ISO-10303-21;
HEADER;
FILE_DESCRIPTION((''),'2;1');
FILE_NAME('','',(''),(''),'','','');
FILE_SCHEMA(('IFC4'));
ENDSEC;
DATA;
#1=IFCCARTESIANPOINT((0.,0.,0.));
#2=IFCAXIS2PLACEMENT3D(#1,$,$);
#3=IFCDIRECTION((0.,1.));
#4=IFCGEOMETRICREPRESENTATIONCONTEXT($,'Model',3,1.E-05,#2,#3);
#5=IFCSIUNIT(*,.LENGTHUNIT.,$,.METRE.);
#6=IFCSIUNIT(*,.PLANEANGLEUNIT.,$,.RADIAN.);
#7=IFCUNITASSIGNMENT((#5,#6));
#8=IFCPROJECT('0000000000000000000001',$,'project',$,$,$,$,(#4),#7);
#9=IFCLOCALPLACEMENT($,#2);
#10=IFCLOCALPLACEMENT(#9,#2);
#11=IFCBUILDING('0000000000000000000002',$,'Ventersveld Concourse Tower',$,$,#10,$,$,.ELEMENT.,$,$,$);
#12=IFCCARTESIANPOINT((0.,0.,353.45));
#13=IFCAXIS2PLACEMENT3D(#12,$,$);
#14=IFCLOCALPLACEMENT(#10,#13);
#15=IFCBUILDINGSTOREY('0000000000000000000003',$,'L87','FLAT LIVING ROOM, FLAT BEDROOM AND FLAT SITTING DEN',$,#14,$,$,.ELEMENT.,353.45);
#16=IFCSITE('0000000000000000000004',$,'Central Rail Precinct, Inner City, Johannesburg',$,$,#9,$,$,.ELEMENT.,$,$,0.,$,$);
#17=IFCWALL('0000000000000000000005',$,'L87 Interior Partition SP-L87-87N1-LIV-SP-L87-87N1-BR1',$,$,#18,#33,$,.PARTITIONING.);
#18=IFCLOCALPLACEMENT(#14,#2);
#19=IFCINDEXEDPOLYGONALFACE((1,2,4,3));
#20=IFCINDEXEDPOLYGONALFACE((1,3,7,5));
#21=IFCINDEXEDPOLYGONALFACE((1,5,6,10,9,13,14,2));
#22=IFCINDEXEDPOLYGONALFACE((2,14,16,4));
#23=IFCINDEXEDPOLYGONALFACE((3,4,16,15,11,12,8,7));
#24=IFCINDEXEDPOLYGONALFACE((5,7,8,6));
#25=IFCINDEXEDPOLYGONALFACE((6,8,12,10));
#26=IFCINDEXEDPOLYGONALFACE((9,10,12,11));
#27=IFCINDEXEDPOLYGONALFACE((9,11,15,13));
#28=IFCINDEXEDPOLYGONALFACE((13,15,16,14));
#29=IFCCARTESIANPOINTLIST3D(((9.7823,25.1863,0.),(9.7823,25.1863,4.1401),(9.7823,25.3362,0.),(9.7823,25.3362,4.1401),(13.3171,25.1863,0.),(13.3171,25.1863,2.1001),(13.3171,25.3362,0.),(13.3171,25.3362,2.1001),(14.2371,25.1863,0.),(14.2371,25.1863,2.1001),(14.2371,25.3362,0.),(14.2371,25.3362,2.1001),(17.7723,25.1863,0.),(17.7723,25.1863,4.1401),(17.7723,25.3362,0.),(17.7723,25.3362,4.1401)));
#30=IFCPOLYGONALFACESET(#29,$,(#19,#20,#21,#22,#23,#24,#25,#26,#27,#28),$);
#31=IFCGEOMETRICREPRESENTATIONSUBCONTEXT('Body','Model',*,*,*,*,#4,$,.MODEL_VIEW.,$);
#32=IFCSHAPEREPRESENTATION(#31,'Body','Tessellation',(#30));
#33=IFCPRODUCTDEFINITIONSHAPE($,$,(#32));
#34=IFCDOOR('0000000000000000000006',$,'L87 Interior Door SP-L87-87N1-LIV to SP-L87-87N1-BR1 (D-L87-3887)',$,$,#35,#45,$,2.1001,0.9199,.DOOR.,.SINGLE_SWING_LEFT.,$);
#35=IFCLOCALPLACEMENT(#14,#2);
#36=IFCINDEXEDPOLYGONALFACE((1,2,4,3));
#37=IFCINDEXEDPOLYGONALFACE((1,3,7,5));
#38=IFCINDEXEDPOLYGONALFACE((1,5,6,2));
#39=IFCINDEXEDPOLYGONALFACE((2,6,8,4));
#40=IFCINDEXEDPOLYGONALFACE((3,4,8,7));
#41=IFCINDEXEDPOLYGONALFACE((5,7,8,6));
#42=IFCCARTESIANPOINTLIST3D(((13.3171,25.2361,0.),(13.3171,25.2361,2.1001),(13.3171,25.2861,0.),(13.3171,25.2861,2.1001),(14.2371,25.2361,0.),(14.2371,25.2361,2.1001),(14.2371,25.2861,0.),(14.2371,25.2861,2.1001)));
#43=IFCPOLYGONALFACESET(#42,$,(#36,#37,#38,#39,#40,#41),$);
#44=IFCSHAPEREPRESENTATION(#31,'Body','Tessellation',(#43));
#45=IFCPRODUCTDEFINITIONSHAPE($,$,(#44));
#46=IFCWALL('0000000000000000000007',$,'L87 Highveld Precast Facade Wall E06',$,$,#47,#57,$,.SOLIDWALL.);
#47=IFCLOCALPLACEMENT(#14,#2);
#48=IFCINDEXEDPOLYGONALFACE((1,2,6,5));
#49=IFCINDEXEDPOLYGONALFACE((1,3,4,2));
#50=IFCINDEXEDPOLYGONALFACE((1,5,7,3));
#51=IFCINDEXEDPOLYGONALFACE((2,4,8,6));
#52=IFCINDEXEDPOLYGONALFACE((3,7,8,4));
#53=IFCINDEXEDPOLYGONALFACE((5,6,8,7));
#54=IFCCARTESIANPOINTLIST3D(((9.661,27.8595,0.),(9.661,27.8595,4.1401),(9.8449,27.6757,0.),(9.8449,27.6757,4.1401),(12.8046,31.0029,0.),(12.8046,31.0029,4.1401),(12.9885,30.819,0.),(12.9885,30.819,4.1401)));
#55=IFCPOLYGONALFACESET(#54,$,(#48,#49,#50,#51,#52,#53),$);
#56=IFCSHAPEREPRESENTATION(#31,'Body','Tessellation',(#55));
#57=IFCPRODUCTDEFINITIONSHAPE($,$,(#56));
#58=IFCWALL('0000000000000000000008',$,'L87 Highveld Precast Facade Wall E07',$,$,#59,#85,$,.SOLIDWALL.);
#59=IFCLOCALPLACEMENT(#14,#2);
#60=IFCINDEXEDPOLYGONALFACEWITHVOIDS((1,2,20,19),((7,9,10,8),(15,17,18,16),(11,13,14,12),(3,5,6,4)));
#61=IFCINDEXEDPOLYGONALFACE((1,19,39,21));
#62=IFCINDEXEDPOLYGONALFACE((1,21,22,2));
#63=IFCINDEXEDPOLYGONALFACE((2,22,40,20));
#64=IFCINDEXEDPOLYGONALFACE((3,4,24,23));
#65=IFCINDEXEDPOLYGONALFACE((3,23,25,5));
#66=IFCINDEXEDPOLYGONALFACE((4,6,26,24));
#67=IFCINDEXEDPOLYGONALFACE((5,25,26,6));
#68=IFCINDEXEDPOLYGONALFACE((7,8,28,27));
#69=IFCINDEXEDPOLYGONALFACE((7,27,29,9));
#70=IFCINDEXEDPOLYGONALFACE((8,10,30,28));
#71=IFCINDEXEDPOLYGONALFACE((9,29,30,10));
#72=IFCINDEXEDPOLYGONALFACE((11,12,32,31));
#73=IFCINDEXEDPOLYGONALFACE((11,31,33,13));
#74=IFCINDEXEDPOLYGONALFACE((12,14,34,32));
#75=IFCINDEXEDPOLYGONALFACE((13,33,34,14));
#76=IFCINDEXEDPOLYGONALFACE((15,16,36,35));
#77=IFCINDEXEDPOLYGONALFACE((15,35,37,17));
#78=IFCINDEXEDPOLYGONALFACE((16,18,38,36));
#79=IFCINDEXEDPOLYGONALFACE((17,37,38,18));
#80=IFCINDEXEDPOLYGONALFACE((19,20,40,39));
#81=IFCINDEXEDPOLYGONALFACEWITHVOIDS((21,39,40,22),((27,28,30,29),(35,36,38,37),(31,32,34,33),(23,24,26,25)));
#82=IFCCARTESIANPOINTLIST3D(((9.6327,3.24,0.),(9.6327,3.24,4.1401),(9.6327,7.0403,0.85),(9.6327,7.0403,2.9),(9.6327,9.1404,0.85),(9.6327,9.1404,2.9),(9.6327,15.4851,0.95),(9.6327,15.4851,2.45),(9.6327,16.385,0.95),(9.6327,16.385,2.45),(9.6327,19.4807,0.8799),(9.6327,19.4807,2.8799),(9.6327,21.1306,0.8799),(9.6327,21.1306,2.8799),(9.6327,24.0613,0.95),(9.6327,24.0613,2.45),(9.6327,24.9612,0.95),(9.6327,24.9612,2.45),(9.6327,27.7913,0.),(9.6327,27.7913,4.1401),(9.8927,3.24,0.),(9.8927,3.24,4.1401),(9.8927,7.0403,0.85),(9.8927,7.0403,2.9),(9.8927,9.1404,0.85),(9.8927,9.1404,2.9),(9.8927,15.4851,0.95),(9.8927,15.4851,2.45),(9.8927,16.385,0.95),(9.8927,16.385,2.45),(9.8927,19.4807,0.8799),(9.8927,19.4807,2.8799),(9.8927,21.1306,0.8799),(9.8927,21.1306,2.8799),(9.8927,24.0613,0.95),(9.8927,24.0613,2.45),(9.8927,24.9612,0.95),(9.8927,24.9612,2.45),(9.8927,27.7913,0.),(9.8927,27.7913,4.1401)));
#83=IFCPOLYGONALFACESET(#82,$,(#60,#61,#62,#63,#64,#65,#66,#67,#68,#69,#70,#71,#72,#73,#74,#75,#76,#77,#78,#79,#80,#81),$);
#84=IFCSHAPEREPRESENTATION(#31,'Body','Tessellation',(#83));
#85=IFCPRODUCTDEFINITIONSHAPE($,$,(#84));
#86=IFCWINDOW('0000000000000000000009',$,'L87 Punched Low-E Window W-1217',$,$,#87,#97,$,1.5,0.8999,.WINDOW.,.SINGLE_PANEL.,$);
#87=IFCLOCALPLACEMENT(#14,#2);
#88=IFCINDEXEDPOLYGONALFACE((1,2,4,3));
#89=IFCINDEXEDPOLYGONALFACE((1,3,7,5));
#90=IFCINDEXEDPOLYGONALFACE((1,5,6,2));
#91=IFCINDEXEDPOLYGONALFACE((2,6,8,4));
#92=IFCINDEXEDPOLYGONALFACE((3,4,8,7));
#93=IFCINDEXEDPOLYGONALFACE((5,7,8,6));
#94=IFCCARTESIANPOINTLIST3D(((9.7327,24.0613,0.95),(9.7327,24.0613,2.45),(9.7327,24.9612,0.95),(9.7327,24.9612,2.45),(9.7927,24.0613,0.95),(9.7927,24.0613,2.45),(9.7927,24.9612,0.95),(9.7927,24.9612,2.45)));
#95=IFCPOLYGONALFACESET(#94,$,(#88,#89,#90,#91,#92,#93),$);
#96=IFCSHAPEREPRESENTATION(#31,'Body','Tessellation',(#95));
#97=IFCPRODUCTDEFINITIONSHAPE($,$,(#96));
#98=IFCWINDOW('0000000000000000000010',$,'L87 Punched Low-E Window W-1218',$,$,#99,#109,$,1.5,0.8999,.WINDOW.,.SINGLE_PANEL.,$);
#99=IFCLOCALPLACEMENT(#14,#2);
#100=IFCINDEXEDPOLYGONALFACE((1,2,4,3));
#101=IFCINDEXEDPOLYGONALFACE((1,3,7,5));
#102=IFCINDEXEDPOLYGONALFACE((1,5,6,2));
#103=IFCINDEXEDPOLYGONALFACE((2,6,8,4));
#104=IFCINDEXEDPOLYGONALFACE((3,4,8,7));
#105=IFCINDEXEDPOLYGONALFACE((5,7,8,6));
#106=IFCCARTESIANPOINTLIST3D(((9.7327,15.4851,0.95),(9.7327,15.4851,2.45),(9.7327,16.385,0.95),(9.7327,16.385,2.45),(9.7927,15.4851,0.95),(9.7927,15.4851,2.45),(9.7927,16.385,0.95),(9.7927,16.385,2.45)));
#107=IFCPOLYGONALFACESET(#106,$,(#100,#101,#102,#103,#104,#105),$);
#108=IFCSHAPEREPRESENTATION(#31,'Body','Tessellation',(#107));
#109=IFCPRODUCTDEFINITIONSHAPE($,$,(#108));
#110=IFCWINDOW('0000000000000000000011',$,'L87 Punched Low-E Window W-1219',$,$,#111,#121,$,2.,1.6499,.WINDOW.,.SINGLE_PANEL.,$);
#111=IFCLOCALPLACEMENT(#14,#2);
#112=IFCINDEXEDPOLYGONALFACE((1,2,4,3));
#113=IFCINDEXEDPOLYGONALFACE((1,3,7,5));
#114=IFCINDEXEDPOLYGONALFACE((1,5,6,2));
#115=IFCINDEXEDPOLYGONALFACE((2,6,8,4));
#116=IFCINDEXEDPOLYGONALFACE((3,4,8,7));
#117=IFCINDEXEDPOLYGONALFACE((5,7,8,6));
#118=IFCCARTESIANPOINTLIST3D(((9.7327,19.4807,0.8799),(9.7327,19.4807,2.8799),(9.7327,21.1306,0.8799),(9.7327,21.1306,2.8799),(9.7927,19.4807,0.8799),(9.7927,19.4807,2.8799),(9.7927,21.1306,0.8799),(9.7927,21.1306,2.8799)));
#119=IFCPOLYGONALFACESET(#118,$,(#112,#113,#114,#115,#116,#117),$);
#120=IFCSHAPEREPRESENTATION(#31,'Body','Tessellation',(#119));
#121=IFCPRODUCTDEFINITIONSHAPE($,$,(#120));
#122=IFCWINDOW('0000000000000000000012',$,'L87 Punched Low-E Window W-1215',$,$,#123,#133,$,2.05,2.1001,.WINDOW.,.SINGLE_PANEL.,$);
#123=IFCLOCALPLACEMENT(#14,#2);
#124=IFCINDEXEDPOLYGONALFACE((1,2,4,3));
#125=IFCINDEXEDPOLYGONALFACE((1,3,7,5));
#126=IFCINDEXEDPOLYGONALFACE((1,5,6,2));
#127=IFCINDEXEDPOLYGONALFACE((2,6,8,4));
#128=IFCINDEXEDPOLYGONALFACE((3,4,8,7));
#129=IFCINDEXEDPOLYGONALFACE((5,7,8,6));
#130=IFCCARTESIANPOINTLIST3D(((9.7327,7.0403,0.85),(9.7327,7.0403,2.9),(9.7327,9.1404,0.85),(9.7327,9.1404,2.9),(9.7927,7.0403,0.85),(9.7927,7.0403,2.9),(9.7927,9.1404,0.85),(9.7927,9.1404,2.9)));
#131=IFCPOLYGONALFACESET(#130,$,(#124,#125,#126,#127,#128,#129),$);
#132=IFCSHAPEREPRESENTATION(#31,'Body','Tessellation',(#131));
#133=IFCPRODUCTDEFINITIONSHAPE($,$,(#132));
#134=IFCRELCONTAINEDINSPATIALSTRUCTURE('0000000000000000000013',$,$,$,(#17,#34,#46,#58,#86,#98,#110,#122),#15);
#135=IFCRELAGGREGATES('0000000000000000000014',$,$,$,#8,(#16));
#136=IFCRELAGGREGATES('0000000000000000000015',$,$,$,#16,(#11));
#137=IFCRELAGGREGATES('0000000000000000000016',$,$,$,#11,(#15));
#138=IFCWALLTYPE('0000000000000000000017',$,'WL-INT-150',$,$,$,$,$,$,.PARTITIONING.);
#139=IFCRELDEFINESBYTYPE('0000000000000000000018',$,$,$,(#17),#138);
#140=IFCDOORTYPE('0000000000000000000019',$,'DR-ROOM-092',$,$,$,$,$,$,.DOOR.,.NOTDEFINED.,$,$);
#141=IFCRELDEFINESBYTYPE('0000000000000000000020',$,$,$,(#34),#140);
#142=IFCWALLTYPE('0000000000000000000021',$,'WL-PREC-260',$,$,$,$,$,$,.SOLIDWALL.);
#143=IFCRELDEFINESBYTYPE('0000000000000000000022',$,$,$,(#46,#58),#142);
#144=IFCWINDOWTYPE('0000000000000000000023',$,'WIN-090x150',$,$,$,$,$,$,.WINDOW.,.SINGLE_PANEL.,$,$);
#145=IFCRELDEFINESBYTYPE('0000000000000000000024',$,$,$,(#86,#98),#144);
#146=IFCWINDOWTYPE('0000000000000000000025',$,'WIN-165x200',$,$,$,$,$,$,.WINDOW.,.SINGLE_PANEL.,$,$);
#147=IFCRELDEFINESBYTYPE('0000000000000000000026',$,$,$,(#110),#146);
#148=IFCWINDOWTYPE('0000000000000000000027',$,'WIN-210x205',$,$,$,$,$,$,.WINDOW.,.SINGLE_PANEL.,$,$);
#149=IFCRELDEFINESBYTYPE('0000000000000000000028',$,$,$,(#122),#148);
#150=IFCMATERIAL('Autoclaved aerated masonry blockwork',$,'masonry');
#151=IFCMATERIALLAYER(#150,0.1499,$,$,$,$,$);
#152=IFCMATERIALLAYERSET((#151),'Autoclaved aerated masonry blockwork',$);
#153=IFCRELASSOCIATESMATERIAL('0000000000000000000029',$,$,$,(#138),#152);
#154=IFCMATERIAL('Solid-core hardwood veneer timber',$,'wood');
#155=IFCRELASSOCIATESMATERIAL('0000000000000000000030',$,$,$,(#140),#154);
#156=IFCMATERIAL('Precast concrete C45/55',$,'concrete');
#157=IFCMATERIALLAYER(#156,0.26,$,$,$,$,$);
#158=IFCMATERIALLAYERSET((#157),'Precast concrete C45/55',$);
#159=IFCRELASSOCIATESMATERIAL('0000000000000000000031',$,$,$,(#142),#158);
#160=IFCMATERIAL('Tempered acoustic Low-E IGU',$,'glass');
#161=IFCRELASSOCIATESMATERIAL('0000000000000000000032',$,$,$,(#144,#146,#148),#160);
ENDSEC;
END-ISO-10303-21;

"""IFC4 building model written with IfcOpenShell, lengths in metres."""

from ifc_helpers import new_model, si_unit, direction, frame, frame_2d, origin, place, context, subcontext, project, spatial, rectangle, extrude, material, layer, layer_set, type_object, element, fill, save


model = new_model("IFC4")

# Units and contexts
model_context = context("Model", 3, precision=1e-05, world=origin(), true_north=direction((0.0, 1.0)))
body_context = subcontext(model_context, "Body", "Model", "MODEL_VIEW")
ifc_project = project(units=[si_unit("LENGTHUNIT", "METRE"), si_unit("PLANEANGLEUNIT", "RADIAN")], contexts=[model_context])

# Site, building, storey
site_placement = place(None, origin())
site = spatial("IfcSite", under=ifc_project, at=site_placement, Name="Central Rail Precinct, Inner City, Johannesburg", CompositionType="ELEMENT", RefElevation=0.0)
building_placement = place(site_placement, origin())
building = spatial("IfcBuilding", under=site, at=building_placement, Name="Ventersveld Concourse Tower", CompositionType="ELEMENT")
storey_placement = place(building_placement, frame((0.0, 0.0, 353.45)))
storey = spatial("IfcBuildingStorey", under=building, at=storey_placement, Name="L87", Description="FLAT LIVING ROOM, FLAT BEDROOM AND FLAT SITTING DEN", CompositionType="ELEMENT", Elevation=353.45)

# Shared definitions
ifc_material_1 = material(Name="Autoclaved aerated masonry blockwork", Category="masonry")
ifc_layer_1 = layer(ifc_material_1, 0.1499)
ifc_layer_set_1 = layer_set([ifc_layer_1], Name="Autoclaved aerated masonry blockwork")
wall_type_1 = type_object("IfcWallType", Name="WL-INT-150", PredefinedType="PARTITIONING", material=ifc_layer_set_1)

# Wall, opening, door
wall_1_placement = place(storey_placement, frame((9.7822, 25.2612, 0.0), z_axis=(0.0, 0.0, 1.0), x_axis=(1.0, 0.0, 0.0)))
wall_1 = element("IfcWall", 1, at=wall_1_placement, inside=storey, type_object=wall_type_1, Name="L87 Interior Partition SP-L87-87N1-LIV-SP-L87-87N1-BR1", PredefinedType="PARTITIONING", context=body_context, shape_type="SweptSolid", body=[
    extrude(rectangle(XDim=7.99, YDim=0.1499, at=frame_2d((3.9951, 0.0))), origin(), (0.0, 0.0, 1.0), 4.1401),
])
opening_1_placement = place(wall_1_placement, frame((3.5349, 0.0, 0.0)))
opening_1 = element("IfcOpeningElement", 2, at=opening_1_placement, cuts=wall_1, PredefinedType="OPENING", context=body_context, shape_type="SweptSolid", body=[
    extrude(rectangle(XDim=0.9199, YDim=2.1001, at=frame_2d((0.46, 1.05))), frame((0.0, 0.085, 0.0), z_axis=(0.0, -1.0, 0.0), x_axis=(1.0, 0.0, 0.0)), (0.0, 0.0, 1.0), 0.1699),
])
ifc_material_2 = material(Name="Solid-core hardwood veneer timber", Category="wood")
door_type = type_object("IfcDoorType", Name="DR-ROOM-092", OperationType="NOTDEFINED", PredefinedType="DOOR", material=ifc_material_2)
door_placement = place(opening_1_placement, origin())
door = element("IfcDoor", 3, at=door_placement, inside=storey, type_object=door_type, Name="L87 Interior Door SP-L87-87N1-LIV to SP-L87-87N1-BR1 (D-L87-3887)", OperationType="SINGLE_SWING_LEFT", OverallHeight=2.1001, OverallWidth=0.9199, PredefinedType="DOOR", context=body_context, shape_type="SweptSolid", body=[
    extrude(rectangle(XDim=0.9199, YDim=2.1001, at=frame_2d((0.46, 1.05))), frame((0.0, 0.0249, 0.0), z_axis=(0.0, -1.0, 0.0), x_axis=(1.0, 0.0, 0.0)), (0.0, 0.0, 1.0), 0.05),
])
fill(opening_1, door)

# Wall
ifc_material_3 = material(Name="Precast concrete C45/55", Category="concrete")
ifc_layer_2 = layer(ifc_material_3, 0.26)
ifc_layer_set_2 = layer_set([ifc_layer_2], Name="Precast concrete C45/55")
wall_type_2 = type_object("IfcWallType", Name="WL-PREC-260", PredefinedType="SOLIDWALL", material=ifc_layer_set_2)
wall_2_placement = place(storey_placement, frame((12.8965, 30.9109, 0.0), z_axis=(0.0, 0.0, 1.0), x_axis=(-0.707134, -0.707079, 0.0)))
element("IfcWall", 4, at=wall_2_placement, inside=storey, type_object=wall_type_2, Name="L87 Highveld Precast Facade Wall E06", PredefinedType="SOLIDWALL", context=body_context, shape_type="SweptSolid", body=[
    extrude(rectangle(XDim=4.4456, YDim=0.26, at=frame_2d((2.2227, 0.0))), origin(), (0.0, 0.0, 1.0), 4.1401),
])

# Wall, openings, windows
wall_3_placement = place(storey_placement, frame((9.7627, 27.7913, 0.0), z_axis=(0.0, 0.0, 1.0), x_axis=(0.0, -1.0, 0.0)))
wall_3 = element("IfcWall", 5, at=wall_3_placement, inside=storey, type_object=wall_type_2, Name="L87 Highveld Precast Facade Wall E07", PredefinedType="SOLIDWALL", context=body_context, shape_type="SweptSolid", body=[
    extrude(rectangle(XDim=24.5513, YDim=0.26, at=frame_2d((12.2756, 0.0))), origin(), (0.0, 0.0, 1.0), 4.1401),
])
opening_2_placement = place(wall_3_placement, frame((18.6509, 0.0, 0.8501)))
opening_2 = element("IfcOpeningElement", 6, at=opening_2_placement, cuts=wall_3, PredefinedType="OPENING", context=body_context, shape_type="SweptSolid", body=[
    extrude(rectangle(XDim=2.1001, YDim=2.05, at=frame_2d((1.05, 1.0249))), frame((0.0, 0.1401, 0.0), z_axis=(0.0, -1.0, 0.0), x_axis=(1.0, 0.0, 0.0)), (0.0, 0.0, 1.0), 0.28),
])
opening_3_placement = place(wall_3_placement, frame((2.8301, 0.0, 0.95)))
opening_3 = element("IfcOpeningElement", 7, at=opening_3_placement, cuts=wall_3, PredefinedType="OPENING", context=body_context, shape_type="SweptSolid", body=[
    extrude(rectangle(XDim=0.8999, YDim=1.5, at=frame_2d((0.45, 0.75))), frame((0.0, 0.1401, 0.0), z_axis=(0.0, -1.0, 0.0), x_axis=(1.0, 0.0, 0.0)), (0.0, 0.0, 1.0), 0.28),
])
opening_4_placement = place(wall_3_placement, frame((11.4062, 0.0, 0.95)))
opening_4 = element("IfcOpeningElement", 8, at=opening_4_placement, cuts=wall_3, PredefinedType="OPENING", context=body_context, shape_type="SweptSolid", body=[
    extrude(rectangle(XDim=0.8999, YDim=1.5, at=frame_2d((0.45, 0.75))), frame((0.0, 0.1401, 0.0), z_axis=(0.0, -1.0, 0.0), x_axis=(1.0, 0.0, 0.0)), (0.0, 0.0, 1.0), 0.28),
])
opening_5_placement = place(wall_3_placement, frame((6.6606, 0.0, 0.8799)))
opening_5 = element("IfcOpeningElement", 9, at=opening_5_placement, cuts=wall_3, PredefinedType="OPENING", context=body_context, shape_type="SweptSolid", body=[
    extrude(rectangle(XDim=1.6499, YDim=2.0, at=frame_2d((0.825, 1.0))), frame((0.0, 0.1401, 0.0), z_axis=(0.0, -1.0, 0.0), x_axis=(1.0, 0.0, 0.0)), (0.0, 0.0, 1.0), 0.28),
])
ifc_material_4 = material(Name="Tempered acoustic Low-E IGU", Category="glass")
window_type_1 = type_object("IfcWindowType", Name="WIN-090x150", PartitioningType="SINGLE_PANEL", PredefinedType="WINDOW", material=ifc_material_4)
window_1_placement = place(opening_3_placement, origin())
window_1 = element("IfcWindow", 10, at=window_1_placement, inside=storey, type_object=window_type_1, Name="L87 Punched Low-E Window W-1217", OverallHeight=1.5, OverallWidth=0.8999, PartitioningType="SINGLE_PANEL", PredefinedType="WINDOW", context=body_context, shape_type="SweptSolid", body=[
    extrude(rectangle(XDim=0.8999, YDim=1.5, at=frame_2d((0.45, 0.75))), frame((0.0, 0.03, 0.0), z_axis=(0.0, -1.0, 0.0), x_axis=(1.0, 0.0, 0.0)), (0.0, 0.0, 1.0), 0.0601),
])
fill(opening_3, window_1)
window_2_placement = place(opening_4_placement, origin())
window_2 = element("IfcWindow", 11, at=window_2_placement, inside=storey, type_object=window_type_1, Name="L87 Punched Low-E Window W-1218", OverallHeight=1.5, OverallWidth=0.8999, PartitioningType="SINGLE_PANEL", PredefinedType="WINDOW", context=body_context, shape_type="SweptSolid", body=[
    extrude(rectangle(XDim=0.8999, YDim=1.5, at=frame_2d((0.45, 0.75))), frame((0.0, 0.03, 0.0), z_axis=(0.0, -1.0, 0.0), x_axis=(1.0, 0.0, 0.0)), (0.0, 0.0, 1.0), 0.0601),
])
fill(opening_4, window_2)
window_type_2 = type_object("IfcWindowType", Name="WIN-165x200", PartitioningType="SINGLE_PANEL", PredefinedType="WINDOW", material=ifc_material_4)
window_3_placement = place(opening_5_placement, origin())
window_3 = element("IfcWindow", 12, at=window_3_placement, inside=storey, type_object=window_type_2, Name="L87 Punched Low-E Window W-1219", OverallHeight=2.0, OverallWidth=1.6499, PartitioningType="SINGLE_PANEL", PredefinedType="WINDOW", context=body_context, shape_type="SweptSolid", body=[
    extrude(rectangle(XDim=1.6499, YDim=2.0, at=frame_2d((0.825, 1.0))), frame((0.0, 0.03, 0.0), z_axis=(0.0, -1.0, 0.0), x_axis=(1.0, 0.0, 0.0)), (0.0, 0.0, 1.0), 0.0601),
])
fill(opening_5, window_3)
window_type_3 = type_object("IfcWindowType", Name="WIN-210x205", PartitioningType="SINGLE_PANEL", PredefinedType="WINDOW", material=ifc_material_4)
window_4_placement = place(opening_2_placement, origin())
window_4 = element("IfcWindow", 13, at=window_4_placement, inside=storey, type_object=window_type_3, Name="L87 Punched Low-E Window W-1215", OverallHeight=2.05, OverallWidth=2.1001, PartitioningType="SINGLE_PANEL", PredefinedType="WINDOW", context=body_context, shape_type="SweptSolid", body=[
    extrude(rectangle(XDim=2.1001, YDim=2.05, at=frame_2d((1.05, 1.0249))), frame((0.0, 0.03, 0.0), z_axis=(0.0, -1.0, 0.0), x_axis=(1.0, 0.0, 0.0)), (0.0, 0.0, 1.0), 0.0601),
])
fill(opening_2, window_4)

save(model, "model.ifc")
